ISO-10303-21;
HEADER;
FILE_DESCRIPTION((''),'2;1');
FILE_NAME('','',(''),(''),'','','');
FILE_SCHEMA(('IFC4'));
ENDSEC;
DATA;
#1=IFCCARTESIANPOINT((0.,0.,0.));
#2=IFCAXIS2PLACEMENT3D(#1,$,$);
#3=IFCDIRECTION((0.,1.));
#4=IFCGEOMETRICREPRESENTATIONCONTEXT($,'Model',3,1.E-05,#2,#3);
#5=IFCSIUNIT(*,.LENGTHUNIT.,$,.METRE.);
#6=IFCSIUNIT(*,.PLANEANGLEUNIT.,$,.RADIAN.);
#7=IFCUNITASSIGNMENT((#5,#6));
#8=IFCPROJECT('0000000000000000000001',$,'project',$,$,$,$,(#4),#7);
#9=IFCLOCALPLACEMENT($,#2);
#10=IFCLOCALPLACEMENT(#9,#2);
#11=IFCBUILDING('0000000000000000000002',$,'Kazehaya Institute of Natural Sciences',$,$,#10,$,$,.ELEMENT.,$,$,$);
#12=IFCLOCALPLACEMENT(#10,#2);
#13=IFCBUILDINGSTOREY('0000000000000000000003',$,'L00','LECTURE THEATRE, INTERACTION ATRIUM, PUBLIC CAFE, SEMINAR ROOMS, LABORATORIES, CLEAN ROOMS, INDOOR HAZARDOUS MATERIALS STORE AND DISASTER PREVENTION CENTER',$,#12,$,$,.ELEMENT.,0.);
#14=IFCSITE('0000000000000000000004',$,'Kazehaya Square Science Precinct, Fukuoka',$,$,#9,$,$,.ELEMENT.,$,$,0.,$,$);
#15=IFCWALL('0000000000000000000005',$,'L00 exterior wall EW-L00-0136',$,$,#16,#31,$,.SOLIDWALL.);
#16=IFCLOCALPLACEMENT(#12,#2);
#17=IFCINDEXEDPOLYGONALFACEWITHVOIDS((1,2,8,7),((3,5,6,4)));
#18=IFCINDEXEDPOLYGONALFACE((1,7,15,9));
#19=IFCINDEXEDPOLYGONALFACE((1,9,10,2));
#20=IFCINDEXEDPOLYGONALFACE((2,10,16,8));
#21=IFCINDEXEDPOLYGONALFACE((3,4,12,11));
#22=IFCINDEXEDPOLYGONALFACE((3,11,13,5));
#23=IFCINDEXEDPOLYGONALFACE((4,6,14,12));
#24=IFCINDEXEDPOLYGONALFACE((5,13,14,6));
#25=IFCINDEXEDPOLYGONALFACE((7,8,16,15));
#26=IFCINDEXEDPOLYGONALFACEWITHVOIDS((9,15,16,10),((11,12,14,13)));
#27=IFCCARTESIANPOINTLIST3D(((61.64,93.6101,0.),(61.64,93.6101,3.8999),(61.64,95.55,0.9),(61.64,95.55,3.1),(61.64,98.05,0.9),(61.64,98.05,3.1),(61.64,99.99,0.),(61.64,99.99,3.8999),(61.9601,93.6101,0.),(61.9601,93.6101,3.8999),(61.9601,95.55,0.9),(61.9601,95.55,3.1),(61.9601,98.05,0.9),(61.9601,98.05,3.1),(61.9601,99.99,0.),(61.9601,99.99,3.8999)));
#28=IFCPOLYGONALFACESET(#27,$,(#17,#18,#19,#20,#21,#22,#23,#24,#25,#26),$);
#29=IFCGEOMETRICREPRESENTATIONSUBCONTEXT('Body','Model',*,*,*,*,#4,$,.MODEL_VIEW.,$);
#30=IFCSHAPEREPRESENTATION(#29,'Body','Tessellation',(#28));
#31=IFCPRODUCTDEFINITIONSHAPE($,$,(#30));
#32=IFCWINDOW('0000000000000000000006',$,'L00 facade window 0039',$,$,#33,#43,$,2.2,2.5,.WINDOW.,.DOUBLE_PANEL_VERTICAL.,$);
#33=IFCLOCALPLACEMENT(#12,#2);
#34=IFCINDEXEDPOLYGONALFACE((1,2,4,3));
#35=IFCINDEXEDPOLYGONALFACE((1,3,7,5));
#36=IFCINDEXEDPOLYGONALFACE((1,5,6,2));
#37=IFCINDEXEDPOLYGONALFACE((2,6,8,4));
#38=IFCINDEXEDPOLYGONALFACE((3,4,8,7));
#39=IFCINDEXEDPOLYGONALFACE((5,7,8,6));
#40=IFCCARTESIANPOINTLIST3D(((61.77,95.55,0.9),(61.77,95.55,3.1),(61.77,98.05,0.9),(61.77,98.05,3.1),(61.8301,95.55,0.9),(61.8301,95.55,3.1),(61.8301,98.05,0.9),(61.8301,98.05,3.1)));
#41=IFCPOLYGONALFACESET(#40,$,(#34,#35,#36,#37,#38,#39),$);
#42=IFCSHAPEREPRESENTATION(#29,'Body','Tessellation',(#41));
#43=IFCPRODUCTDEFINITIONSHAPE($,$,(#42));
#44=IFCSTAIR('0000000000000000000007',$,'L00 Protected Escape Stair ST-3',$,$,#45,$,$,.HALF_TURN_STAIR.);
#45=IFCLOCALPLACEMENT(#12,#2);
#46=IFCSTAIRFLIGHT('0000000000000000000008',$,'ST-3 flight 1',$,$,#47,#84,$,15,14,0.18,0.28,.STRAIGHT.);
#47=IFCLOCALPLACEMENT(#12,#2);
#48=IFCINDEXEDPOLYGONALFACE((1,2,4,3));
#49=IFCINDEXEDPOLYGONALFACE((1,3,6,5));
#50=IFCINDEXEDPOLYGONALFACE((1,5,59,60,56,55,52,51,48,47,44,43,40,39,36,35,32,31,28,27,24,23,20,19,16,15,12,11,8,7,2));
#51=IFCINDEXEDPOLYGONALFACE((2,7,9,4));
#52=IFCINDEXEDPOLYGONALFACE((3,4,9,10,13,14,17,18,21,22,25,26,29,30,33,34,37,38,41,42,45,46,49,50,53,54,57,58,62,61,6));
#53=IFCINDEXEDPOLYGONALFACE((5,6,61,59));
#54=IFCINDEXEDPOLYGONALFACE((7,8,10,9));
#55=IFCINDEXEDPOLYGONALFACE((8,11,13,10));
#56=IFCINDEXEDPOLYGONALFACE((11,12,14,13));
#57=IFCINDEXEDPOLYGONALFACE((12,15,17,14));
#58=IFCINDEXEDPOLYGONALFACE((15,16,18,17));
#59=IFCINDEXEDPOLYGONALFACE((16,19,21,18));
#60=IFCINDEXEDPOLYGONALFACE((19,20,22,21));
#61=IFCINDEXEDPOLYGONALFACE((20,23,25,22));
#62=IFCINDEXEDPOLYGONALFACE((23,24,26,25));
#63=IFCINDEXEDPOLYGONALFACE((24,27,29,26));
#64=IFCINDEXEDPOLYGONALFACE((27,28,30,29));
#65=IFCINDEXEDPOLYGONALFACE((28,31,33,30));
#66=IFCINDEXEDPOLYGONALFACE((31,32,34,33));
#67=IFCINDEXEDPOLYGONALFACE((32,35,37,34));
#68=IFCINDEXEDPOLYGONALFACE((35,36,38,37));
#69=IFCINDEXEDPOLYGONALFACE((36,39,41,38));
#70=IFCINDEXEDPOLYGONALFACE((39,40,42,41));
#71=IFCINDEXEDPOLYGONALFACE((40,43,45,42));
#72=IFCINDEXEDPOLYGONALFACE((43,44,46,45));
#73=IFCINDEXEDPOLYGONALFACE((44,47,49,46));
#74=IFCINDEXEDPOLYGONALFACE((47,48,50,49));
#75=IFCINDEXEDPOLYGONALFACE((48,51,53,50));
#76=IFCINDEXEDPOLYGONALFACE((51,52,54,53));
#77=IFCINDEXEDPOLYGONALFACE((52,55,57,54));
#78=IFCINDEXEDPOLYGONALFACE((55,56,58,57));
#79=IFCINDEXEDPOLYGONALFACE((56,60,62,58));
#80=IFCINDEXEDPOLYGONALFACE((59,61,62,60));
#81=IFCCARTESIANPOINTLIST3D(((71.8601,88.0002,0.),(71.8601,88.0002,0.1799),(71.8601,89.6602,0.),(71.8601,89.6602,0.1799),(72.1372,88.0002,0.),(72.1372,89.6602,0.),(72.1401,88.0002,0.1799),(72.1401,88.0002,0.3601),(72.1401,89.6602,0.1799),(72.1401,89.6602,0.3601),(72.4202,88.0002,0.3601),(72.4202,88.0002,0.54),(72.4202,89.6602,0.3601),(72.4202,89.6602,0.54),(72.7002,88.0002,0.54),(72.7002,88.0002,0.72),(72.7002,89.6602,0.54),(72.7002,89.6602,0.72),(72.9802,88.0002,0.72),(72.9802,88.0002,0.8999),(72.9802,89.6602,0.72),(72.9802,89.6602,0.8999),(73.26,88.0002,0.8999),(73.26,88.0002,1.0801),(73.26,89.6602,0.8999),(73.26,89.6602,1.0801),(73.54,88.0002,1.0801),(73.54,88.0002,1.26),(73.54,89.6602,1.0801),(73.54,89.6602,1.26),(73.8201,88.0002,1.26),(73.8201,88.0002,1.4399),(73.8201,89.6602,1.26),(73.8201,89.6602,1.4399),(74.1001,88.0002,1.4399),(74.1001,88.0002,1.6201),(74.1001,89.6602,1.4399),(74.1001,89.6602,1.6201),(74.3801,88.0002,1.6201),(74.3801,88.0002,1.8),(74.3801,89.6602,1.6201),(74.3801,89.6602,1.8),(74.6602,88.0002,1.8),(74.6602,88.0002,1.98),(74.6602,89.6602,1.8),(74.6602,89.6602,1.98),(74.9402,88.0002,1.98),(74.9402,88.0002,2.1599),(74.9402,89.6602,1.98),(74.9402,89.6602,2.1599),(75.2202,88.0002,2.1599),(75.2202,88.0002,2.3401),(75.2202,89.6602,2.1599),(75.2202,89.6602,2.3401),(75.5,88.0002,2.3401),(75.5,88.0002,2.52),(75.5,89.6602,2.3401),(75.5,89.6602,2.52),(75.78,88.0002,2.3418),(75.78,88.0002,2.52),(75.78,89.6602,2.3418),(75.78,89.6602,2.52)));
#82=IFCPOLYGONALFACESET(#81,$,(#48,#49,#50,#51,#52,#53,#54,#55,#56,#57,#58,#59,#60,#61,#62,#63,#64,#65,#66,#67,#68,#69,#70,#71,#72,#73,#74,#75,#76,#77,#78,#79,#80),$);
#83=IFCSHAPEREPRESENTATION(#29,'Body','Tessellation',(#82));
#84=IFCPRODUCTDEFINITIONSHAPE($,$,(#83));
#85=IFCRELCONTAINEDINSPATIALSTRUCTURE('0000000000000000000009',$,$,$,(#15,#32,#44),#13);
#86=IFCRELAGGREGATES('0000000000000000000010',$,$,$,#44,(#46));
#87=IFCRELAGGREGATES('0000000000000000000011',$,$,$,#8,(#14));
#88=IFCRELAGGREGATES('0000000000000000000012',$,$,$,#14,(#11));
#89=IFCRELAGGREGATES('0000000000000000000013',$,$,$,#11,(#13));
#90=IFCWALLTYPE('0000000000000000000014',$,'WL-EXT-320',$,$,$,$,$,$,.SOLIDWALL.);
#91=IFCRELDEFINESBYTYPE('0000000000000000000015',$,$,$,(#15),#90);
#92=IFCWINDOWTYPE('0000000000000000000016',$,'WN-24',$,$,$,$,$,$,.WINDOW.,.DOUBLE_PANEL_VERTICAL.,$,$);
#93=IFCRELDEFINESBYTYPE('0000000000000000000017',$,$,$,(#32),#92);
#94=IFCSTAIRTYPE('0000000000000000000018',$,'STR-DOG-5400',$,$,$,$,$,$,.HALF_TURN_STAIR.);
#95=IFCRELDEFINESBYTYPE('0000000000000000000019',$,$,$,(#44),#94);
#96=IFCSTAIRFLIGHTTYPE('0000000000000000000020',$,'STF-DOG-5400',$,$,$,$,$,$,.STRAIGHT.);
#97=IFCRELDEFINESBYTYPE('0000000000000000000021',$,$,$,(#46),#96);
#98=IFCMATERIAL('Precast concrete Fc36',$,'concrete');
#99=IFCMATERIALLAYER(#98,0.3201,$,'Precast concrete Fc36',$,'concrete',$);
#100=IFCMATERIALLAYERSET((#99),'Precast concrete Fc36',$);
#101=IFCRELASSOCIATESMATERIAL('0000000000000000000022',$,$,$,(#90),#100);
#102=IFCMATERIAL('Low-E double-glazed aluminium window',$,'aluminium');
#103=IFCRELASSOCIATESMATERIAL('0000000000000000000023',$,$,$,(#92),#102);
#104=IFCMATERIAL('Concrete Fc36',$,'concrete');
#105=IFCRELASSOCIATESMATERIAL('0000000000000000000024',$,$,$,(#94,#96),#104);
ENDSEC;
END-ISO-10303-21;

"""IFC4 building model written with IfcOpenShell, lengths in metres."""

from ifc_helpers import new_model, si_unit, direction, frame, frame_2d, origin, place, context, subcontext, project, spatial, polyline, rectangle, outline, extrude, material, layer, layer_set, type_object, element, fill, aggregate, save


model = new_model("IFC4")

# Units and contexts
model_context = context("Model", 3, precision=1e-05, world=origin(), true_north=direction((0.0, 1.0)))
body_context = subcontext(model_context, "Body", "Model", "MODEL_VIEW")
ifc_project = project(units=[si_unit("LENGTHUNIT", "METRE"), si_unit("PLANEANGLEUNIT", "RADIAN")], contexts=[model_context])

# Site, building, storey
site_placement = place(None, origin())
site = spatial("IfcSite", under=ifc_project, at=site_placement, Name="Kazehaya Square Science Precinct, Fukuoka", CompositionType="ELEMENT", RefElevation=0.0)
building_placement = place(site_placement, origin())
building = spatial("IfcBuilding", under=site, at=building_placement, Name="Kazehaya Institute of Natural Sciences", CompositionType="ELEMENT")
storey_placement = place(building_placement, origin())
storey = spatial("IfcBuildingStorey", under=building, at=storey_placement, Name="L00", Description="LECTURE THEATRE, INTERACTION ATRIUM, PUBLIC CAFE, SEMINAR ROOMS, LABORATORIES, CLEAN ROOMS, INDOOR HAZARDOUS MATERIALS STORE AND DISASTER PREVENTION CENTER", CompositionType="ELEMENT", Elevation=0.0)

# Shared definitions
ifc_material_1 = material(Name="Concrete Fc36", Category="concrete")

# Wall, opening, window
ifc_material_2 = material(Name="Precast concrete Fc36", Category="concrete")
ifc_layer_1 = layer(ifc_material_2, 0.3201, Name="Precast concrete Fc36", Category="concrete")
ifc_layer_set_1 = layer_set([ifc_layer_1], Name="Precast concrete Fc36")
wall_type_1 = type_object("IfcWallType", Name="WL-EXT-320", PredefinedType="SOLIDWALL", material=ifc_layer_set_1)
ifc_material_3 = material(Name="Low-E double-glazed aluminium window", Category="aluminium")
window_type = type_object("IfcWindowType", Name="WN-24", PartitioningType="DOUBLE_PANEL_VERTICAL", PredefinedType="WINDOW", material=ifc_material_3)
wall_1_placement = place(storey_placement, frame((61.8, 93.6101, 0.0), z_axis=(0.0, 0.0, 1.0), x_axis=(0.0, 1.0, 0.0)))
wall_1 = element("IfcWall", 1, at=wall_1_placement, inside=storey, type_object=wall_type_1, Name="L00 exterior wall EW-L00-0136", PredefinedType="SOLIDWALL", context=body_context, shape_type="SweptSolid", body=[
    extrude(rectangle(XDim=6.3799, YDim=0.3201, at=frame_2d((3.1899, 0.0))), origin(), (0.0, 0.0, 1.0), 3.8999),
])
opening_1_placement = place(wall_1_placement, frame((1.9399, 0.0, 0.8999)))
opening_1 = element("IfcOpeningElement", 2, at=opening_1_placement, cuts=wall_1, PredefinedType="OPENING", context=body_context, shape_type="SweptSolid", body=[
    extrude(rectangle(XDim=2.5, YDim=2.2, at=frame_2d((1.25, 1.1001))), frame((0.0, 0.1699, 0.0), z_axis=(0.0, -1.0, 0.0), x_axis=(1.0, 0.0, 0.0)), (0.0, 0.0, 1.0), 0.3401),
])
window_1_placement = place(opening_1_placement, origin())
window_1 = element("IfcWindow", 3, at=window_1_placement, inside=storey, type_object=window_type, Name="L00 facade window 0039", OverallHeight=2.2, OverallWidth=2.5, PartitioningType="DOUBLE_PANEL_VERTICAL", PredefinedType="WINDOW", context=body_context, shape_type="SweptSolid", body=[
    extrude(rectangle(XDim=2.5, YDim=2.2, at=frame_2d((1.25, 1.1001))), frame((0.0, 0.03, 0.0), z_axis=(0.0, -1.0, 0.0), x_axis=(1.0, 0.0, 0.0)), (0.0, 0.0, 1.0), 0.0601),
])
fill(opening_1, window_1)

# Stair, stair flight
stair_type = type_object("IfcStairType", Name="STR-DOG-5400", PredefinedType="HALF_TURN_STAIR", material=ifc_material_1)
stair_placement = place(storey_placement, origin())
stair = element("IfcStair", 4, at=stair_placement, inside=storey, type_object=stair_type, Name="L00 Protected Escape Stair ST-3", PredefinedType="HALF_TURN_STAIR")
stair_flight_type = type_object("IfcStairFlightType", Name="STF-DOG-5400", PredefinedType="STRAIGHT", material=ifc_material_1)
stair_flight_placement = place(storey_placement, frame((71.8601, 88.8301, 0.0), z_axis=(0.0, 0.0, 1.0), x_axis=(1.0, 0.0, 0.0)))
stair_flight = element("IfcStairFlight", 5, at=stair_flight_placement, type_object=stair_flight_type, Name="ST-3 flight 1", NumberOfRisers=15, NumberOfTreads=14, PredefinedType="STRAIGHT", RiserHeight=0.18, TreadLength=0.28, context=body_context, shape_type="SweptSolid", body=[
    extrude(outline(polyline([(0.0, 0.0), (0.0, 0.1799), (0.28, 0.1799), (0.28, 0.3601), (0.5601, 0.3601), (0.5601, 0.54), (0.8401, 0.54), (0.8401, 0.72), (1.1201, 0.72), (1.1201, 0.8999), (1.3999, 0.8999), (1.3999, 1.0801), (1.6799, 1.0801), (1.6799, 1.26), (1.96, 1.26), (1.96, 1.4399), (2.24, 1.4399), (2.24, 1.6201), (2.52, 1.6201), (2.52, 1.8), (2.8, 1.8), (2.8, 1.98), (3.0801, 1.98), (3.0801, 2.1599), (3.3601, 2.1599), (3.3601, 2.3401), (3.6399, 2.3401), (3.6399, 2.52), (3.9199, 2.52), (3.9199, 2.7), (3.9199, 2.3418), (0.2771, 0.0), (0.0, 0.0)])), frame((0.0, 0.8301, 0.0), z_axis=(0.0, -1.0, 0.0), x_axis=(1.0, 0.0, 0.0)), (0.0, 0.0, 1.0), 1.6599),
])
aggregate(stair, [stair_flight])

save(model, "model.ifc")
